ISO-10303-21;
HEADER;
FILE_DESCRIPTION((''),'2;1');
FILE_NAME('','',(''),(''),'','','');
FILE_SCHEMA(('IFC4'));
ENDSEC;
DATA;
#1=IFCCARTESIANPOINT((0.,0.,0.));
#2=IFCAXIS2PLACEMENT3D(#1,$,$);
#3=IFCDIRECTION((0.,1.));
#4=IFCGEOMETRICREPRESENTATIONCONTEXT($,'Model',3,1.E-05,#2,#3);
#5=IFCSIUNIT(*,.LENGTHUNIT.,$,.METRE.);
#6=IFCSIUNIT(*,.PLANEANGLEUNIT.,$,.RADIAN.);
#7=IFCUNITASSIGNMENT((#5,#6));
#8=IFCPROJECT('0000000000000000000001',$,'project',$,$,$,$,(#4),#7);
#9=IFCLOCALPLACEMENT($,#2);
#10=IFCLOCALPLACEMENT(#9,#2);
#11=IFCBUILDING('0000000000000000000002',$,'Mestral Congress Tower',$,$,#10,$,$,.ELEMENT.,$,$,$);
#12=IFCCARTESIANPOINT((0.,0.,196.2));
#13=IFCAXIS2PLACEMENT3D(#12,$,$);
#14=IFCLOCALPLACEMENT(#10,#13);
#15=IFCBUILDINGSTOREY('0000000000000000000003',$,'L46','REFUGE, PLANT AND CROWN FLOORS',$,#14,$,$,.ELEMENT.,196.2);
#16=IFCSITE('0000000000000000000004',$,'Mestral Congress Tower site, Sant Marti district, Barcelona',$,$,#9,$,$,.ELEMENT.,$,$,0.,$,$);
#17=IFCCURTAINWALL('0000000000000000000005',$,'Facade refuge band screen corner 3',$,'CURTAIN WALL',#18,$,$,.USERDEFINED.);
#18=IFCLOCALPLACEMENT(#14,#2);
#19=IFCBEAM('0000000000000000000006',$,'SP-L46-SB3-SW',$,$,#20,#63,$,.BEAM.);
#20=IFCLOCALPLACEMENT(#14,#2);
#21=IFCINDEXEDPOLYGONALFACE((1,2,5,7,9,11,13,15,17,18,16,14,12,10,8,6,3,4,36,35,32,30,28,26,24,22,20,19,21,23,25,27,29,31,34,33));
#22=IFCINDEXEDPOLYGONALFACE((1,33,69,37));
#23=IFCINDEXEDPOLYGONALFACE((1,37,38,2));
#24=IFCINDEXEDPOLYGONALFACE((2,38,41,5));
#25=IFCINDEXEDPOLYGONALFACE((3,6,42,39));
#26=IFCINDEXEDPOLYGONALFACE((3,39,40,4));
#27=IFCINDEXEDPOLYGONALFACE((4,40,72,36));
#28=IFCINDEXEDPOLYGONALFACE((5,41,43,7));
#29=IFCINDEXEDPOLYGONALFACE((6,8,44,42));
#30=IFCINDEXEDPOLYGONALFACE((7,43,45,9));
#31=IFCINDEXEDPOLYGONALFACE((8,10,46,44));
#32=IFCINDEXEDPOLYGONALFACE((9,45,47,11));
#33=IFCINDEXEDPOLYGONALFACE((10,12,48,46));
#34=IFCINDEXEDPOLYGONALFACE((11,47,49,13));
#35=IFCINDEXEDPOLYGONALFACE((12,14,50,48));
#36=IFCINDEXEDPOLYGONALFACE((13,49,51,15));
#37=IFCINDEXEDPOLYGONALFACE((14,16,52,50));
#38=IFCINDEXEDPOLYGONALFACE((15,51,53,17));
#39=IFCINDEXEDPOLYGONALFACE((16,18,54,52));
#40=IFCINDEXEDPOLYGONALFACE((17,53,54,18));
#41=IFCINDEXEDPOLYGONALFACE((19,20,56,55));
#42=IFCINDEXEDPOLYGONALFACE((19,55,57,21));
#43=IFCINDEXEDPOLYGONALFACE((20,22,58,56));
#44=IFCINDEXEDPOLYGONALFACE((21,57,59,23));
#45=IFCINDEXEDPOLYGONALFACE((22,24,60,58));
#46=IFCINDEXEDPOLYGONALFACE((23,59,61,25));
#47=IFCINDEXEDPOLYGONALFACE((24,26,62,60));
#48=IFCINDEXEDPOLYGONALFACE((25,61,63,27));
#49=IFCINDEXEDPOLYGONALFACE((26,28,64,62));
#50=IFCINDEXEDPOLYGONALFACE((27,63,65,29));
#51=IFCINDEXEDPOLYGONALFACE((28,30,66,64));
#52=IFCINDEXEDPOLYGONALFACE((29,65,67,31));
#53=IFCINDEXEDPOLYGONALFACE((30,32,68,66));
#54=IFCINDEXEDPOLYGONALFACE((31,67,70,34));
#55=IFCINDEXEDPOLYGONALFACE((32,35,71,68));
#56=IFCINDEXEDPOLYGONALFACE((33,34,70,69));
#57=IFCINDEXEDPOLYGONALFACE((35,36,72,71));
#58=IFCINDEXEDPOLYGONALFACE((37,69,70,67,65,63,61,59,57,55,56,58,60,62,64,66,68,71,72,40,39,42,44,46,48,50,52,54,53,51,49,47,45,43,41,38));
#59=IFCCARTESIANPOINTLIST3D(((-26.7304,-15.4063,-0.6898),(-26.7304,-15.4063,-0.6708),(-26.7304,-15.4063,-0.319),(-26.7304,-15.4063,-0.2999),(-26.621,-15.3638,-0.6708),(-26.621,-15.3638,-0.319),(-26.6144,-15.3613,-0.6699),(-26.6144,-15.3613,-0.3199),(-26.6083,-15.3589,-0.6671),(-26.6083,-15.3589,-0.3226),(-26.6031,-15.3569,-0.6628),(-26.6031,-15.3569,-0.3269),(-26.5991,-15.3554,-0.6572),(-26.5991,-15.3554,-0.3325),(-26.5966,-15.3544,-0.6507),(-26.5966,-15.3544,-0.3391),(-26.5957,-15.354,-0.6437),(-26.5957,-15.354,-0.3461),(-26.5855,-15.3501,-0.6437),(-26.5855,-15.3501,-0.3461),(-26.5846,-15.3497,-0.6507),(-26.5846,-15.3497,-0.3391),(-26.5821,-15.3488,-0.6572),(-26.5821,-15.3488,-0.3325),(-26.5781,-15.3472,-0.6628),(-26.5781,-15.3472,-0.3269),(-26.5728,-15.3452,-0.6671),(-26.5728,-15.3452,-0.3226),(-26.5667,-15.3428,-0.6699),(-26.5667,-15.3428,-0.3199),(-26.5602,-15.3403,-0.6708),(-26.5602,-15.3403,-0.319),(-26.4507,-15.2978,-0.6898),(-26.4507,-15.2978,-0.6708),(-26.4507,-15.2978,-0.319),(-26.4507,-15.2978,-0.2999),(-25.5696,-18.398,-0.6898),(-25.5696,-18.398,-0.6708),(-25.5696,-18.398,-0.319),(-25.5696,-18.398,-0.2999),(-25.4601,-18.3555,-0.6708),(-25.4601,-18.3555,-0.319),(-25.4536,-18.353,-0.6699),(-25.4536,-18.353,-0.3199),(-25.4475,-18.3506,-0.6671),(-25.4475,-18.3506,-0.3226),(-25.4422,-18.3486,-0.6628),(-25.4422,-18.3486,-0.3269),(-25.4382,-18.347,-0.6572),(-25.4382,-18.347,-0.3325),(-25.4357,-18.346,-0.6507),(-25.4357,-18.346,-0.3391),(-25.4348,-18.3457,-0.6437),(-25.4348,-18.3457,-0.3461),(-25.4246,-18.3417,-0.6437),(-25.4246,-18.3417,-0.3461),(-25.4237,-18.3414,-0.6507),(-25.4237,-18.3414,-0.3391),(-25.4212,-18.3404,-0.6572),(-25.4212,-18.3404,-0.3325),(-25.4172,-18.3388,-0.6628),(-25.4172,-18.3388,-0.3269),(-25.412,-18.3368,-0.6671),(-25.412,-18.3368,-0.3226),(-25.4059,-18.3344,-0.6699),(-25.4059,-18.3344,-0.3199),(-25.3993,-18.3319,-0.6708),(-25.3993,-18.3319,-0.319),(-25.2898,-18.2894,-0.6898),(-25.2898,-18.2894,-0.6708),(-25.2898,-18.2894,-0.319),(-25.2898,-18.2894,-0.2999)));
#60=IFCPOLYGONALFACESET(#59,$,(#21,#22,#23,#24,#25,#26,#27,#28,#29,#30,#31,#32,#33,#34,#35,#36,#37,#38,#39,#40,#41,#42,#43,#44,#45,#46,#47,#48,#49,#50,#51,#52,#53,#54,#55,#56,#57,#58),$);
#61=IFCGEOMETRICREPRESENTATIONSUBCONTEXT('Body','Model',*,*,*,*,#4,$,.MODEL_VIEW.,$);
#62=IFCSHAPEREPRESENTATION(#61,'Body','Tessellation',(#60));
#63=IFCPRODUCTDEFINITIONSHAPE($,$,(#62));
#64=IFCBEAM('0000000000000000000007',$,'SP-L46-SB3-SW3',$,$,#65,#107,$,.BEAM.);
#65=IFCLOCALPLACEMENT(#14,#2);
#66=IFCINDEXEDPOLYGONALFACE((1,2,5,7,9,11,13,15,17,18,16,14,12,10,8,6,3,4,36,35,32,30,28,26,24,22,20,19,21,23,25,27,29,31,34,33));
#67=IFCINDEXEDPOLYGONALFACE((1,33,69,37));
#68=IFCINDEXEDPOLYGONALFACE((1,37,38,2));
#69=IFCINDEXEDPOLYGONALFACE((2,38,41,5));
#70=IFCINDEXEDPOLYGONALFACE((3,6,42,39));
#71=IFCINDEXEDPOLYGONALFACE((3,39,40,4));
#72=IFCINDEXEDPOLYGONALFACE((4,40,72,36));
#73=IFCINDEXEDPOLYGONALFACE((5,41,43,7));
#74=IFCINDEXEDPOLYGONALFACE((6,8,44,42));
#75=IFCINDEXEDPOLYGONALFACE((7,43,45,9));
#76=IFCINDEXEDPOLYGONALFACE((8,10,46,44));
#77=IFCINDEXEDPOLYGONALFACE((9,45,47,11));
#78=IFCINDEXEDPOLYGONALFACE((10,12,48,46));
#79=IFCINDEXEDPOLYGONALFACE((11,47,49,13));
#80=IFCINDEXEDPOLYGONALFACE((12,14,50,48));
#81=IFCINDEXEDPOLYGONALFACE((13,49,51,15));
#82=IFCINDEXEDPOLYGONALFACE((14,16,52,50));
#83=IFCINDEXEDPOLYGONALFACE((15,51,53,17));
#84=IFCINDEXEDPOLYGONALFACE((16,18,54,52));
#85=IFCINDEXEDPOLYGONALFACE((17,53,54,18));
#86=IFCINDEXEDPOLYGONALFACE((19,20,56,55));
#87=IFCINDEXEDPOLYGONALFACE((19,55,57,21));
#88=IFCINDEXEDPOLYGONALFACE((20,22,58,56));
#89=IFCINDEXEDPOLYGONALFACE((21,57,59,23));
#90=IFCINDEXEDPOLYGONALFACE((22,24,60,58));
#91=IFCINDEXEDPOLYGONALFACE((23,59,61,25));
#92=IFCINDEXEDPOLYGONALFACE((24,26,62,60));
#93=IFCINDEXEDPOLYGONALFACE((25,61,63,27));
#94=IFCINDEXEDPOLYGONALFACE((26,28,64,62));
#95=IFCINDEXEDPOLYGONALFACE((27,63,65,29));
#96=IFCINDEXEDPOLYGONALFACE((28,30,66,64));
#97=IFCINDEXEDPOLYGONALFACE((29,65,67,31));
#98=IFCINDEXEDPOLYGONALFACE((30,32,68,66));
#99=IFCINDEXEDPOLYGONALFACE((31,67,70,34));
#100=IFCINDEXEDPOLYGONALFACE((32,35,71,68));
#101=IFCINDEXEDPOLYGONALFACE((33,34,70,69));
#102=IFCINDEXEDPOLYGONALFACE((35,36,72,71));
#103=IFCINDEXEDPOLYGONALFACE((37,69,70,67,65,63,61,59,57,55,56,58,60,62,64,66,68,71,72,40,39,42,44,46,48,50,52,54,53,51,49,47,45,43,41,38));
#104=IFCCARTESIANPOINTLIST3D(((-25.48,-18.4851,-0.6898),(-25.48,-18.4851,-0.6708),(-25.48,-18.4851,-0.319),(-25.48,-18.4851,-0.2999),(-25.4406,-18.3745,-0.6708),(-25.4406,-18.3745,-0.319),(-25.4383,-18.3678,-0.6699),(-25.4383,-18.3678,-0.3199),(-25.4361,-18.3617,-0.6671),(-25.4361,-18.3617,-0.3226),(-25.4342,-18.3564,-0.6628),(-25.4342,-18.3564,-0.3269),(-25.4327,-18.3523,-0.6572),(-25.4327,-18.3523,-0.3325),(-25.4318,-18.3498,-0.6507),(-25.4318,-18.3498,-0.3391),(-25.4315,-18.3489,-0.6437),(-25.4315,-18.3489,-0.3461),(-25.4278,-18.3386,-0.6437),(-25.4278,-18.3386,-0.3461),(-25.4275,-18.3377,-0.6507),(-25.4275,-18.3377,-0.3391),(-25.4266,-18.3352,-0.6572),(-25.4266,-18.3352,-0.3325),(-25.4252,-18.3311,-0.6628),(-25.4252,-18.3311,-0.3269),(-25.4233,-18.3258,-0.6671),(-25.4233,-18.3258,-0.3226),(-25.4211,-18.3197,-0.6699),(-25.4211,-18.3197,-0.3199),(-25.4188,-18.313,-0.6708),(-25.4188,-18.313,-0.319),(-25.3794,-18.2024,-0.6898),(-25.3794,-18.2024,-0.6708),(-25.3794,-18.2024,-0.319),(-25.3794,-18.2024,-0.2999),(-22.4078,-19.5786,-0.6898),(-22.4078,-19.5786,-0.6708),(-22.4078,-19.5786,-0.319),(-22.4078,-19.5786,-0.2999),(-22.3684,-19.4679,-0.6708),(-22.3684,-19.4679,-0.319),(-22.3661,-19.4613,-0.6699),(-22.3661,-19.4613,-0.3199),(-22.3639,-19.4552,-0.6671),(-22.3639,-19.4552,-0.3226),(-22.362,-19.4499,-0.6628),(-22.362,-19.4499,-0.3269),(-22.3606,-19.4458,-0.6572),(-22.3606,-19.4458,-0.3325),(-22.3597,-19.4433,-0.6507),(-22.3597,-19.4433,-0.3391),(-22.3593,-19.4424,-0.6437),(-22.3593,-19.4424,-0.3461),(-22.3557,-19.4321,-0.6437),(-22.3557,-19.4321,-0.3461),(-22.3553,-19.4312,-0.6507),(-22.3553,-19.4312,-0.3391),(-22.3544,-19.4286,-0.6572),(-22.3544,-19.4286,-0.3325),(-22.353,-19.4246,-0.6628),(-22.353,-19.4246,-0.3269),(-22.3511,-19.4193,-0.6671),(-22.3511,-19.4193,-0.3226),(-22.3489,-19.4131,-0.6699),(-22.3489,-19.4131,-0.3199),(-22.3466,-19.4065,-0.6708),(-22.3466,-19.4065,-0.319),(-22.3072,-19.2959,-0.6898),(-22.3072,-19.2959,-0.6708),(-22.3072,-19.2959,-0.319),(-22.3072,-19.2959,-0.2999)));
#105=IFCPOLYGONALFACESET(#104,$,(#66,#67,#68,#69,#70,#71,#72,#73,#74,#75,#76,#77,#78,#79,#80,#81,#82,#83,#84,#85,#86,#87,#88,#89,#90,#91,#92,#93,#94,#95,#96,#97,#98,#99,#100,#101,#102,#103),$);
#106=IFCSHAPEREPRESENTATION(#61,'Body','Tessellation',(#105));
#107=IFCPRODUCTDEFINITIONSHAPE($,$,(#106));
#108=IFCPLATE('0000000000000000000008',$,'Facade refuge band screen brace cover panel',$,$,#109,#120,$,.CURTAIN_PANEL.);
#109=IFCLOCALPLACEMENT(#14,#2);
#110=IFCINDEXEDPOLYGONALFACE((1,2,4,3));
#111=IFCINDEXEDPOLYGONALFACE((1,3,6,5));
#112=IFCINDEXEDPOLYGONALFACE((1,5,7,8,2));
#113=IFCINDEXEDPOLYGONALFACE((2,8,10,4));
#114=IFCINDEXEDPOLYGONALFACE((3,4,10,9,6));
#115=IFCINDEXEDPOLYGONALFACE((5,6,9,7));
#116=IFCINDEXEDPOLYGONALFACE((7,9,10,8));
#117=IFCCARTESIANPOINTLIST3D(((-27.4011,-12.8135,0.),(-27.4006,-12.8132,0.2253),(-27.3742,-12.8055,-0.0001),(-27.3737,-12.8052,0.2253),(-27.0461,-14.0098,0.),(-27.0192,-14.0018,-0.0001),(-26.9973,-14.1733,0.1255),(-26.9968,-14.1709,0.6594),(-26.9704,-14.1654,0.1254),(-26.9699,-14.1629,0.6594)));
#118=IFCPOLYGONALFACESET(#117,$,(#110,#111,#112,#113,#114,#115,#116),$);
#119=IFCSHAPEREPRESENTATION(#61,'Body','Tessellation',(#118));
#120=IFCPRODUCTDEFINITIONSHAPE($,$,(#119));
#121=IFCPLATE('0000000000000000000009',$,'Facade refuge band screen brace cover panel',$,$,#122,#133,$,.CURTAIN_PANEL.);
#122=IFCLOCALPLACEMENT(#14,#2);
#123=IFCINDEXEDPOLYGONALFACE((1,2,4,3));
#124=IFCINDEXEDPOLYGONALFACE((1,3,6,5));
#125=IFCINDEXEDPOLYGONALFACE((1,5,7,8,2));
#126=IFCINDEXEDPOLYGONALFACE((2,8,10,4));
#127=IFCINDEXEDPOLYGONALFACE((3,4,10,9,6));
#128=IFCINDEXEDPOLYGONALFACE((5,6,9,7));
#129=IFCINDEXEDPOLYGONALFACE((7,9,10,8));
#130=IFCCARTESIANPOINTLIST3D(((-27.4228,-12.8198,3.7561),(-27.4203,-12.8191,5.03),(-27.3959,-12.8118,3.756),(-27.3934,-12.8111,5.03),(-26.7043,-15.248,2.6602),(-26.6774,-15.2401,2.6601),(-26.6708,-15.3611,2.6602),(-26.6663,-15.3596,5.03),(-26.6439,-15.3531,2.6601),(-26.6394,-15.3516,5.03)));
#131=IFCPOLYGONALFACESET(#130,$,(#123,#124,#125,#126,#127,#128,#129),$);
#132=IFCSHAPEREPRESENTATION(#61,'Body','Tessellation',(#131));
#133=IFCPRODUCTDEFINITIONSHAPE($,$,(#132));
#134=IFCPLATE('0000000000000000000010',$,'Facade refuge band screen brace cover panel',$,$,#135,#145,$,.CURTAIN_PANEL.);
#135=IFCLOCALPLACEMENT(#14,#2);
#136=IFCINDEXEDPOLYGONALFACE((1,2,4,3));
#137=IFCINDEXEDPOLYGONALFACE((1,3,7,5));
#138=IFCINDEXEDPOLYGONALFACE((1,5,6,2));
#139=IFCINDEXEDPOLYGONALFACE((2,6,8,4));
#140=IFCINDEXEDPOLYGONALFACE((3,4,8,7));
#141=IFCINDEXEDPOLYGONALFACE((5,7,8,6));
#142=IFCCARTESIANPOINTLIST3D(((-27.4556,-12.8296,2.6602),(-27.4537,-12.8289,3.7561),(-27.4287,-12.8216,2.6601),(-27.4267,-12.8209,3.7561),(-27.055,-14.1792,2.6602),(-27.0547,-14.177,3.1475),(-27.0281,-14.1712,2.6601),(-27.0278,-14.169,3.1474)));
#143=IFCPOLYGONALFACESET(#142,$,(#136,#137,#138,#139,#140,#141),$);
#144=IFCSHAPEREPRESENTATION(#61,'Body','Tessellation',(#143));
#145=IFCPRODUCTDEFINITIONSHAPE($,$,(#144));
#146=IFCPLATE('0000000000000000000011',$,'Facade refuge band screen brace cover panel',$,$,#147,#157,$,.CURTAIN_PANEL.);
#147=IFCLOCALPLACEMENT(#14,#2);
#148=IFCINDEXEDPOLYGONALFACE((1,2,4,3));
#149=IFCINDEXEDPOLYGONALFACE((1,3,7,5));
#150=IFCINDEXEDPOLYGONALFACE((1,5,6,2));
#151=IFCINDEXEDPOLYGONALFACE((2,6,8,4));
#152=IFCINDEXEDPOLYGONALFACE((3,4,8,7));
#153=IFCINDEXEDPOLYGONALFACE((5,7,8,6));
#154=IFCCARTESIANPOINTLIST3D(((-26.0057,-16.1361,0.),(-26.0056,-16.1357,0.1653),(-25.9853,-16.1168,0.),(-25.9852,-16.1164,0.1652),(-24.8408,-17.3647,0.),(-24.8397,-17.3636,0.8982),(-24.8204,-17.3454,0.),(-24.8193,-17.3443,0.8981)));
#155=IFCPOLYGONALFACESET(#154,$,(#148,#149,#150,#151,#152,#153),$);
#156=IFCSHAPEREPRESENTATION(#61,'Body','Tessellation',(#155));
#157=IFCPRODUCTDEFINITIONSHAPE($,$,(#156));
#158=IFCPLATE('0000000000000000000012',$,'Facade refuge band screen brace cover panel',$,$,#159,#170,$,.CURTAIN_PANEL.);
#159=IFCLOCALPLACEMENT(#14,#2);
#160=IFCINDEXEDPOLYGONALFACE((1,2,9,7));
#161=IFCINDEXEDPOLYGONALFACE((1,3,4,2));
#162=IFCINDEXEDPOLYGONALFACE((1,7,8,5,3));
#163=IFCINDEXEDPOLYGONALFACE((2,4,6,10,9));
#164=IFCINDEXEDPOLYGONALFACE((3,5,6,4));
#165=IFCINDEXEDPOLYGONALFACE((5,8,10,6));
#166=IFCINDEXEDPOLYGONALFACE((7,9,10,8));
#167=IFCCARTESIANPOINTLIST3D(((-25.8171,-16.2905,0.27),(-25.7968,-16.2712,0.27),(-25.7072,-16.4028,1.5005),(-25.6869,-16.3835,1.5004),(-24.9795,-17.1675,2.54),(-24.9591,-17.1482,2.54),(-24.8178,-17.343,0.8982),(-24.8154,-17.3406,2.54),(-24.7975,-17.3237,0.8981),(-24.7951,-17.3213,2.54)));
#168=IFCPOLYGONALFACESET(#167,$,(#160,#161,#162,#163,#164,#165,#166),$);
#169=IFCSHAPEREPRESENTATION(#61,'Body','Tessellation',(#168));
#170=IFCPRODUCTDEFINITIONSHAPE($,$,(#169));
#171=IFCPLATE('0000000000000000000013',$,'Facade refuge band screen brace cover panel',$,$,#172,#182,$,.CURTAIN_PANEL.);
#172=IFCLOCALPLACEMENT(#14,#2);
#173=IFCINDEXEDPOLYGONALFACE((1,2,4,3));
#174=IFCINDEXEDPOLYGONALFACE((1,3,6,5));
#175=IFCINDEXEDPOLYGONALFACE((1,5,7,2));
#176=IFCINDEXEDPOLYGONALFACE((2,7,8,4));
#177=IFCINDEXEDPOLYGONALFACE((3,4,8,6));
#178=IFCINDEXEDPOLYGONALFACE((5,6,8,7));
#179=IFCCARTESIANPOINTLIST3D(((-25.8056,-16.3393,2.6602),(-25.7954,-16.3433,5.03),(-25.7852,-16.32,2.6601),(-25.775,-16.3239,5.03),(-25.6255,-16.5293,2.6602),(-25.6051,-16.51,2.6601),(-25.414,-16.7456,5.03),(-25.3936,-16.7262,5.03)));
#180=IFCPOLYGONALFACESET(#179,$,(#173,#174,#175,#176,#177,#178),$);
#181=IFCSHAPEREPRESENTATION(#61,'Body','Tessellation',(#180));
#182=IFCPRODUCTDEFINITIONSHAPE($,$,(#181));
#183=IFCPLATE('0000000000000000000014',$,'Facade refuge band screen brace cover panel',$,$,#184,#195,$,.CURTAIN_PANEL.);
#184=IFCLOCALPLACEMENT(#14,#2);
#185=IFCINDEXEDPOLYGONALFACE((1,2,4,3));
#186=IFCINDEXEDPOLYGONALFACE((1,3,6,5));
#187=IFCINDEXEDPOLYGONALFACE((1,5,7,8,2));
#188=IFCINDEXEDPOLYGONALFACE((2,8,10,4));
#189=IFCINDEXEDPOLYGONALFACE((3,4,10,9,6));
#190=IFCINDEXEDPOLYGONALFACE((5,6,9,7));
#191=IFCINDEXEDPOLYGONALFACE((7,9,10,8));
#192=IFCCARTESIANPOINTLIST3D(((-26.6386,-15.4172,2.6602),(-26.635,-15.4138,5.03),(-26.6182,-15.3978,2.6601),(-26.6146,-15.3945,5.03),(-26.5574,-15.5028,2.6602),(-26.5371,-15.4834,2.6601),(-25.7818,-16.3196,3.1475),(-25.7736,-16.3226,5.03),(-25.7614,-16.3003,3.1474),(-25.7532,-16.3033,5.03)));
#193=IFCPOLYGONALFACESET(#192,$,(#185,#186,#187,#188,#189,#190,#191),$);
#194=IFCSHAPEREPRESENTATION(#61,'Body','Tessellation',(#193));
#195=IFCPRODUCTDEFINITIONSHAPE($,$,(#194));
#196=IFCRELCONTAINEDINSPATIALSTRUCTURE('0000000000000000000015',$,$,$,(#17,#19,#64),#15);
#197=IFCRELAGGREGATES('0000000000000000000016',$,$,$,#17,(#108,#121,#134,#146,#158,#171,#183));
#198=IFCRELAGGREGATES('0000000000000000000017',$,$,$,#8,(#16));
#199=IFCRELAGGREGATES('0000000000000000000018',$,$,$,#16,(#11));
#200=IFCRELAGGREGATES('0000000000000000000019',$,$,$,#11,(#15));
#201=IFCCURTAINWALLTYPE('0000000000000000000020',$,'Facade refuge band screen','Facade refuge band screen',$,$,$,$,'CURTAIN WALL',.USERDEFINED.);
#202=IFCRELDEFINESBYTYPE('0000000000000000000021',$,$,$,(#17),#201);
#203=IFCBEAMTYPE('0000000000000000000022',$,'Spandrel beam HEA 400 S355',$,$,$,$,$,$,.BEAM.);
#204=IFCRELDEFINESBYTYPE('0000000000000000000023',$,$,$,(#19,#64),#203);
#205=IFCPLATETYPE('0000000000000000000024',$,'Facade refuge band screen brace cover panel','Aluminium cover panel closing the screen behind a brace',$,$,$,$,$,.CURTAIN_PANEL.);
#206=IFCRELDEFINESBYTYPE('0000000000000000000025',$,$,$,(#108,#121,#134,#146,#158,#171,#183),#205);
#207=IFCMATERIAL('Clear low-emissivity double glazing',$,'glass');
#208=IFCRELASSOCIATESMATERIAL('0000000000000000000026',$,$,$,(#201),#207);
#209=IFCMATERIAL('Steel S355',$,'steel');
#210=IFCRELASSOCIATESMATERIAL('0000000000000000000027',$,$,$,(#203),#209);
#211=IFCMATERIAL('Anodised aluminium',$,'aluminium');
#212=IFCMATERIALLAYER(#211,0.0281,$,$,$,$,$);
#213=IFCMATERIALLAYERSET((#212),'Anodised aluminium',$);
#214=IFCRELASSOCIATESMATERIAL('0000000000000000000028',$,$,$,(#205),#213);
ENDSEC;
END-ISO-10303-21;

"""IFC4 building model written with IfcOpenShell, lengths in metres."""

from ifc_helpers import new_model, si_unit, direction, frame, origin, origin_2d, place, context, subcontext, project, spatial, polyline, i_section, outline, extrude, material, layer, layer_set, material_profile, profile_set, type_object, element, aggregate, save


model = new_model("IFC4")

# Units and contexts
model_context = context("Model", 3, precision=1e-05, world=origin(), true_north=direction((0.0, 1.0)))
body_context = subcontext(model_context, "Body", "Model", "MODEL_VIEW")
ifc_project = project(units=[si_unit("LENGTHUNIT", "METRE"), si_unit("PLANEANGLEUNIT", "RADIAN")], contexts=[model_context])

# Site, building, storey
site_placement = place(None, origin())
site = spatial("IfcSite", under=ifc_project, at=site_placement, Name="Mestral Congress Tower site, Sant Marti district, Barcelona", CompositionType="ELEMENT", RefElevation=0.0)
building_placement = place(site_placement, origin())
building = spatial("IfcBuilding", under=site, at=building_placement, Name="Mestral Congress Tower", CompositionType="ELEMENT")
storey_placement = place(building_placement, frame((0.0, 0.0, 196.2)))
storey = spatial("IfcBuildingStorey", under=building, at=storey_placement, Name="L46", Description="REFUGE, PLANT AND CROWN FLOORS", CompositionType="ELEMENT", Elevation=196.2)

# Shared definitions
ifc_material_1 = material(Name="Steel S355", Category="steel")

# Curtain wall
ifc_material_2 = material(Name="Clear low-emissivity double glazing", Category="glass")
curtain_wall_type = type_object("IfcCurtainWallType", Name="Facade refuge band screen", Description="Facade refuge band screen", ElementType="CURTAIN WALL", PredefinedType="USERDEFINED", material=ifc_material_2)
curtain_wall_placement = place(storey_placement, origin())
curtain_wall = element("IfcCurtainWall", 1, at=curtain_wall_placement, inside=storey, type_object=curtain_wall_type, Name="Facade refuge band screen corner 3", ObjectType="CURTAIN WALL", PredefinedType="USERDEFINED")
ifc_material_3 = material(Name="Anodised aluminium", Category="aluminium")

# Beams
ifc_material_profile_1 = material_profile(ifc_material_1, i_section(OverallWidth=0.3, OverallDepth=0.3899, WebThickness=0.011, FlangeThickness=0.019, FilletRadius=0.0271, at=origin_2d()), Name="HEA 400")
ifc_profile_set_1 = profile_set([ifc_material_profile_1], Name="Steel S355")
beam_type_1 = type_object("IfcBeamType", Name="Spandrel beam HEA 400 S355", PredefinedType="BEAM", material=ifc_profile_set_1)
for number, where, z_axis, x_axis, name in (
    (2, (-26.5906, -15.3521, -0.4949), (0.361756, -0.932273, 0.0), (0.932273, 0.361756, 0.0), "SP-L46-SB3-SW"),
):
    element("IfcBeam", number, at=place(storey_placement, frame(where, z_axis=z_axis, x_axis=x_axis)), inside=storey, type_object=beam_type_1, Name=name, PredefinedType="BEAM", context=body_context, shape_type="SweptSolid", body=[
        extrude(i_section(OverallWidth=0.3, OverallDepth=0.3899, WebThickness=0.011, FlangeThickness=0.019, FilletRadius=0.0271, at=origin_2d()), origin(), (0.0, 0.0, 1.0), 3.209),
    ])
beam_1_placement = place(storey_placement, frame((-25.4297, -18.3438, -0.4949), z_axis=(0.942104, -0.335321, 0.0), x_axis=(0.335321, 0.942104, 0.0)))
element("IfcBeam", 3, at=beam_1_placement, inside=storey, type_object=beam_type_1, Name="SP-L46-SB3-SW3", PredefinedType="BEAM", context=body_context, shape_type="SweptSolid", body=[
    extrude(i_section(OverallWidth=0.3, OverallDepth=0.3899, WebThickness=0.011, FlangeThickness=0.019, FilletRadius=0.0271, at=origin_2d()), origin(), (0.0, 0.0, 1.0), 3.261),
])

# Plates
ifc_layer_1 = layer(ifc_material_3, 0.0281)
ifc_layer_set_1 = layer_set([ifc_layer_1], Name="Anodised aluminium")
plate_type = type_object("IfcPlateType", Name="Facade refuge band screen brace cover panel", Description="Aluminium cover panel closing the screen behind a brace", PredefinedType="CURTAIN_PANEL", material=ifc_layer_set_1)
plate_1_placement = place(storey_placement, frame((-27.0461, -14.0098, 0.0), z_axis=(-0.958687, -0.284453, 0.002236), x_axis=(-0.284453, 0.95869, 0.0)))
plate_1 = element("IfcPlate", 4, at=plate_1_placement, type_object=plate_type, Name="Facade refuge band screen brace cover panel", PredefinedType="CURTAIN_PANEL", context=body_context, shape_type="SweptSolid", body=[
    extrude(outline(polyline([(0.0, 0.0), (1.2478, 0.0), (1.2479, -0.2253), (-0.1685, -0.6594), (-0.1707, -0.1255), (0.0, 0.0)])), origin(), (0.0, 0.0, -1.0), 0.0281),
])
plate_2_placement = place(storey_placement, frame((-26.7043, -15.248, 2.6602), z_axis=(-0.95866, -0.284548, 0.002007), x_axis=(-0.260376, 0.880027, 0.397186)))
plate_2 = element("IfcPlate", 5, at=plate_2_placement, type_object=plate_type, Name="Facade refuge band screen brace cover panel", PredefinedType="CURTAIN_PANEL", context=body_context, shape_type="SweptSolid", body=[
    extrude(outline(polyline([(0.0, 0.0), (2.7593, 0.0), (3.2653, -1.1691), (0.8332, -2.2217), (-0.1082, -0.0468), (0.0, 0.0)])), origin(), (0.0, 0.0, -1.0), 0.0281),
])
plate_3_placement = place(storey_placement, frame((-27.0547, -14.177, 3.1475), z_axis=(-0.95866, -0.284547, 0.001857), x_axis=(-0.000591, -0.004536, -0.99999)))
plate_3 = element("IfcPlate", 6, at=plate_3_placement, type_object=plate_type, Name="Facade refuge band screen brace cover panel", PredefinedType="CURTAIN_PANEL", context=body_context, shape_type="SweptSolid", body=[
    extrude(outline(polyline([(0.0, 0.0), (0.4873, 0.0), (0.4814, -1.4078), (-0.6145, -1.4034), (0.0, 0.0)])), origin(), (0.0, 0.0, -1.0), 0.0281),
])
plate_4_placement = place(storey_placement, frame((-26.0056, -16.1357, 0.1653), z_axis=(-0.725692, -0.688018, 0.001781), x_axis=(0.631921, -0.665495, 0.397231)))
plate_4 = element("IfcPlate", 7, at=plate_4_placement, type_object=plate_type, Name="Facade refuge band screen brace cover panel", PredefinedType="CURTAIN_PANEL", context=body_context, shape_type="SweptSolid", body=[
    extrude(outline(polyline([(0.0, 0.0), (1.845, 0.0), (1.4883, -0.8243), (-0.0655, -0.1518), (0.0, 0.0)])), origin(), (0.0, 0.0, -1.0), 0.0281),
])
plate_5_placement = place(storey_placement, frame((-24.9795, -17.1675, 2.54), z_axis=(-0.725791, -0.687913, 0.002069), x_axis=(0.687914, -0.725792, 0.0)))
plate_5 = element("IfcPlate", 8, at=plate_5_placement, type_object=plate_type, Name="Facade refuge band screen brace cover panel", PredefinedType="CURTAIN_PANEL", context=body_context, shape_type="SweptSolid", body=[
    extrude(outline(polyline([(0.0, 0.0), (0.2385, 0.0), (0.2386, -1.6418), (-1.2127, -2.27), (-1.0556, -1.0396), (0.0, 0.0)])), origin(), (0.0, 0.0, -1.0), 0.0281),
])
plate_6_placement = place(storey_placement, frame((-25.6255, -16.5293, 2.6602), z_axis=(-0.7257, -0.688009, 0.001975), x_axis=(-0.68801, 0.725701, -0.000001)))
plate_6 = element("IfcPlate", 9, at=plate_6_placement, type_object=plate_type, Name="Facade refuge band screen brace cover panel", PredefinedType="CURTAIN_PANEL", context=body_context, shape_type="SweptSolid", body=[
    extrude(outline(polyline([(0.0, 0.0), (0.2618, 0.0), (0.2519, -2.3699), (-0.3024, -2.3699), (0.0, 0.0)])), origin(), (0.0, 0.0, -1.0), 0.0281),
])
plate_7_placement = place(storey_placement, frame((-26.635, -15.4138, 5.03), z_axis=(-0.72577, -0.687934, 0.002065), x_axis=(0.687936, -0.725772, 0.0)))
plate_7 = element("IfcPlate", 10, at=plate_7_placement, type_object=plate_type, Name="Facade refuge band screen brace cover panel", PredefinedType="CURTAIN_PANEL", context=body_context, shape_type="SweptSolid", body=[
    extrude(outline(polyline([(0.0, 0.0), (1.2522, 0.0), (1.2444, -1.8826), (0.1179, -2.3699), (0.0, -2.3699), (0.0, 0.0)])), origin(), (0.0, 0.0, -1.0), 0.0281),
])
aggregate(curtain_wall, [plate_1, plate_2, plate_3, plate_4, plate_5, plate_6, plate_7])

save(model, "model.ifc")
